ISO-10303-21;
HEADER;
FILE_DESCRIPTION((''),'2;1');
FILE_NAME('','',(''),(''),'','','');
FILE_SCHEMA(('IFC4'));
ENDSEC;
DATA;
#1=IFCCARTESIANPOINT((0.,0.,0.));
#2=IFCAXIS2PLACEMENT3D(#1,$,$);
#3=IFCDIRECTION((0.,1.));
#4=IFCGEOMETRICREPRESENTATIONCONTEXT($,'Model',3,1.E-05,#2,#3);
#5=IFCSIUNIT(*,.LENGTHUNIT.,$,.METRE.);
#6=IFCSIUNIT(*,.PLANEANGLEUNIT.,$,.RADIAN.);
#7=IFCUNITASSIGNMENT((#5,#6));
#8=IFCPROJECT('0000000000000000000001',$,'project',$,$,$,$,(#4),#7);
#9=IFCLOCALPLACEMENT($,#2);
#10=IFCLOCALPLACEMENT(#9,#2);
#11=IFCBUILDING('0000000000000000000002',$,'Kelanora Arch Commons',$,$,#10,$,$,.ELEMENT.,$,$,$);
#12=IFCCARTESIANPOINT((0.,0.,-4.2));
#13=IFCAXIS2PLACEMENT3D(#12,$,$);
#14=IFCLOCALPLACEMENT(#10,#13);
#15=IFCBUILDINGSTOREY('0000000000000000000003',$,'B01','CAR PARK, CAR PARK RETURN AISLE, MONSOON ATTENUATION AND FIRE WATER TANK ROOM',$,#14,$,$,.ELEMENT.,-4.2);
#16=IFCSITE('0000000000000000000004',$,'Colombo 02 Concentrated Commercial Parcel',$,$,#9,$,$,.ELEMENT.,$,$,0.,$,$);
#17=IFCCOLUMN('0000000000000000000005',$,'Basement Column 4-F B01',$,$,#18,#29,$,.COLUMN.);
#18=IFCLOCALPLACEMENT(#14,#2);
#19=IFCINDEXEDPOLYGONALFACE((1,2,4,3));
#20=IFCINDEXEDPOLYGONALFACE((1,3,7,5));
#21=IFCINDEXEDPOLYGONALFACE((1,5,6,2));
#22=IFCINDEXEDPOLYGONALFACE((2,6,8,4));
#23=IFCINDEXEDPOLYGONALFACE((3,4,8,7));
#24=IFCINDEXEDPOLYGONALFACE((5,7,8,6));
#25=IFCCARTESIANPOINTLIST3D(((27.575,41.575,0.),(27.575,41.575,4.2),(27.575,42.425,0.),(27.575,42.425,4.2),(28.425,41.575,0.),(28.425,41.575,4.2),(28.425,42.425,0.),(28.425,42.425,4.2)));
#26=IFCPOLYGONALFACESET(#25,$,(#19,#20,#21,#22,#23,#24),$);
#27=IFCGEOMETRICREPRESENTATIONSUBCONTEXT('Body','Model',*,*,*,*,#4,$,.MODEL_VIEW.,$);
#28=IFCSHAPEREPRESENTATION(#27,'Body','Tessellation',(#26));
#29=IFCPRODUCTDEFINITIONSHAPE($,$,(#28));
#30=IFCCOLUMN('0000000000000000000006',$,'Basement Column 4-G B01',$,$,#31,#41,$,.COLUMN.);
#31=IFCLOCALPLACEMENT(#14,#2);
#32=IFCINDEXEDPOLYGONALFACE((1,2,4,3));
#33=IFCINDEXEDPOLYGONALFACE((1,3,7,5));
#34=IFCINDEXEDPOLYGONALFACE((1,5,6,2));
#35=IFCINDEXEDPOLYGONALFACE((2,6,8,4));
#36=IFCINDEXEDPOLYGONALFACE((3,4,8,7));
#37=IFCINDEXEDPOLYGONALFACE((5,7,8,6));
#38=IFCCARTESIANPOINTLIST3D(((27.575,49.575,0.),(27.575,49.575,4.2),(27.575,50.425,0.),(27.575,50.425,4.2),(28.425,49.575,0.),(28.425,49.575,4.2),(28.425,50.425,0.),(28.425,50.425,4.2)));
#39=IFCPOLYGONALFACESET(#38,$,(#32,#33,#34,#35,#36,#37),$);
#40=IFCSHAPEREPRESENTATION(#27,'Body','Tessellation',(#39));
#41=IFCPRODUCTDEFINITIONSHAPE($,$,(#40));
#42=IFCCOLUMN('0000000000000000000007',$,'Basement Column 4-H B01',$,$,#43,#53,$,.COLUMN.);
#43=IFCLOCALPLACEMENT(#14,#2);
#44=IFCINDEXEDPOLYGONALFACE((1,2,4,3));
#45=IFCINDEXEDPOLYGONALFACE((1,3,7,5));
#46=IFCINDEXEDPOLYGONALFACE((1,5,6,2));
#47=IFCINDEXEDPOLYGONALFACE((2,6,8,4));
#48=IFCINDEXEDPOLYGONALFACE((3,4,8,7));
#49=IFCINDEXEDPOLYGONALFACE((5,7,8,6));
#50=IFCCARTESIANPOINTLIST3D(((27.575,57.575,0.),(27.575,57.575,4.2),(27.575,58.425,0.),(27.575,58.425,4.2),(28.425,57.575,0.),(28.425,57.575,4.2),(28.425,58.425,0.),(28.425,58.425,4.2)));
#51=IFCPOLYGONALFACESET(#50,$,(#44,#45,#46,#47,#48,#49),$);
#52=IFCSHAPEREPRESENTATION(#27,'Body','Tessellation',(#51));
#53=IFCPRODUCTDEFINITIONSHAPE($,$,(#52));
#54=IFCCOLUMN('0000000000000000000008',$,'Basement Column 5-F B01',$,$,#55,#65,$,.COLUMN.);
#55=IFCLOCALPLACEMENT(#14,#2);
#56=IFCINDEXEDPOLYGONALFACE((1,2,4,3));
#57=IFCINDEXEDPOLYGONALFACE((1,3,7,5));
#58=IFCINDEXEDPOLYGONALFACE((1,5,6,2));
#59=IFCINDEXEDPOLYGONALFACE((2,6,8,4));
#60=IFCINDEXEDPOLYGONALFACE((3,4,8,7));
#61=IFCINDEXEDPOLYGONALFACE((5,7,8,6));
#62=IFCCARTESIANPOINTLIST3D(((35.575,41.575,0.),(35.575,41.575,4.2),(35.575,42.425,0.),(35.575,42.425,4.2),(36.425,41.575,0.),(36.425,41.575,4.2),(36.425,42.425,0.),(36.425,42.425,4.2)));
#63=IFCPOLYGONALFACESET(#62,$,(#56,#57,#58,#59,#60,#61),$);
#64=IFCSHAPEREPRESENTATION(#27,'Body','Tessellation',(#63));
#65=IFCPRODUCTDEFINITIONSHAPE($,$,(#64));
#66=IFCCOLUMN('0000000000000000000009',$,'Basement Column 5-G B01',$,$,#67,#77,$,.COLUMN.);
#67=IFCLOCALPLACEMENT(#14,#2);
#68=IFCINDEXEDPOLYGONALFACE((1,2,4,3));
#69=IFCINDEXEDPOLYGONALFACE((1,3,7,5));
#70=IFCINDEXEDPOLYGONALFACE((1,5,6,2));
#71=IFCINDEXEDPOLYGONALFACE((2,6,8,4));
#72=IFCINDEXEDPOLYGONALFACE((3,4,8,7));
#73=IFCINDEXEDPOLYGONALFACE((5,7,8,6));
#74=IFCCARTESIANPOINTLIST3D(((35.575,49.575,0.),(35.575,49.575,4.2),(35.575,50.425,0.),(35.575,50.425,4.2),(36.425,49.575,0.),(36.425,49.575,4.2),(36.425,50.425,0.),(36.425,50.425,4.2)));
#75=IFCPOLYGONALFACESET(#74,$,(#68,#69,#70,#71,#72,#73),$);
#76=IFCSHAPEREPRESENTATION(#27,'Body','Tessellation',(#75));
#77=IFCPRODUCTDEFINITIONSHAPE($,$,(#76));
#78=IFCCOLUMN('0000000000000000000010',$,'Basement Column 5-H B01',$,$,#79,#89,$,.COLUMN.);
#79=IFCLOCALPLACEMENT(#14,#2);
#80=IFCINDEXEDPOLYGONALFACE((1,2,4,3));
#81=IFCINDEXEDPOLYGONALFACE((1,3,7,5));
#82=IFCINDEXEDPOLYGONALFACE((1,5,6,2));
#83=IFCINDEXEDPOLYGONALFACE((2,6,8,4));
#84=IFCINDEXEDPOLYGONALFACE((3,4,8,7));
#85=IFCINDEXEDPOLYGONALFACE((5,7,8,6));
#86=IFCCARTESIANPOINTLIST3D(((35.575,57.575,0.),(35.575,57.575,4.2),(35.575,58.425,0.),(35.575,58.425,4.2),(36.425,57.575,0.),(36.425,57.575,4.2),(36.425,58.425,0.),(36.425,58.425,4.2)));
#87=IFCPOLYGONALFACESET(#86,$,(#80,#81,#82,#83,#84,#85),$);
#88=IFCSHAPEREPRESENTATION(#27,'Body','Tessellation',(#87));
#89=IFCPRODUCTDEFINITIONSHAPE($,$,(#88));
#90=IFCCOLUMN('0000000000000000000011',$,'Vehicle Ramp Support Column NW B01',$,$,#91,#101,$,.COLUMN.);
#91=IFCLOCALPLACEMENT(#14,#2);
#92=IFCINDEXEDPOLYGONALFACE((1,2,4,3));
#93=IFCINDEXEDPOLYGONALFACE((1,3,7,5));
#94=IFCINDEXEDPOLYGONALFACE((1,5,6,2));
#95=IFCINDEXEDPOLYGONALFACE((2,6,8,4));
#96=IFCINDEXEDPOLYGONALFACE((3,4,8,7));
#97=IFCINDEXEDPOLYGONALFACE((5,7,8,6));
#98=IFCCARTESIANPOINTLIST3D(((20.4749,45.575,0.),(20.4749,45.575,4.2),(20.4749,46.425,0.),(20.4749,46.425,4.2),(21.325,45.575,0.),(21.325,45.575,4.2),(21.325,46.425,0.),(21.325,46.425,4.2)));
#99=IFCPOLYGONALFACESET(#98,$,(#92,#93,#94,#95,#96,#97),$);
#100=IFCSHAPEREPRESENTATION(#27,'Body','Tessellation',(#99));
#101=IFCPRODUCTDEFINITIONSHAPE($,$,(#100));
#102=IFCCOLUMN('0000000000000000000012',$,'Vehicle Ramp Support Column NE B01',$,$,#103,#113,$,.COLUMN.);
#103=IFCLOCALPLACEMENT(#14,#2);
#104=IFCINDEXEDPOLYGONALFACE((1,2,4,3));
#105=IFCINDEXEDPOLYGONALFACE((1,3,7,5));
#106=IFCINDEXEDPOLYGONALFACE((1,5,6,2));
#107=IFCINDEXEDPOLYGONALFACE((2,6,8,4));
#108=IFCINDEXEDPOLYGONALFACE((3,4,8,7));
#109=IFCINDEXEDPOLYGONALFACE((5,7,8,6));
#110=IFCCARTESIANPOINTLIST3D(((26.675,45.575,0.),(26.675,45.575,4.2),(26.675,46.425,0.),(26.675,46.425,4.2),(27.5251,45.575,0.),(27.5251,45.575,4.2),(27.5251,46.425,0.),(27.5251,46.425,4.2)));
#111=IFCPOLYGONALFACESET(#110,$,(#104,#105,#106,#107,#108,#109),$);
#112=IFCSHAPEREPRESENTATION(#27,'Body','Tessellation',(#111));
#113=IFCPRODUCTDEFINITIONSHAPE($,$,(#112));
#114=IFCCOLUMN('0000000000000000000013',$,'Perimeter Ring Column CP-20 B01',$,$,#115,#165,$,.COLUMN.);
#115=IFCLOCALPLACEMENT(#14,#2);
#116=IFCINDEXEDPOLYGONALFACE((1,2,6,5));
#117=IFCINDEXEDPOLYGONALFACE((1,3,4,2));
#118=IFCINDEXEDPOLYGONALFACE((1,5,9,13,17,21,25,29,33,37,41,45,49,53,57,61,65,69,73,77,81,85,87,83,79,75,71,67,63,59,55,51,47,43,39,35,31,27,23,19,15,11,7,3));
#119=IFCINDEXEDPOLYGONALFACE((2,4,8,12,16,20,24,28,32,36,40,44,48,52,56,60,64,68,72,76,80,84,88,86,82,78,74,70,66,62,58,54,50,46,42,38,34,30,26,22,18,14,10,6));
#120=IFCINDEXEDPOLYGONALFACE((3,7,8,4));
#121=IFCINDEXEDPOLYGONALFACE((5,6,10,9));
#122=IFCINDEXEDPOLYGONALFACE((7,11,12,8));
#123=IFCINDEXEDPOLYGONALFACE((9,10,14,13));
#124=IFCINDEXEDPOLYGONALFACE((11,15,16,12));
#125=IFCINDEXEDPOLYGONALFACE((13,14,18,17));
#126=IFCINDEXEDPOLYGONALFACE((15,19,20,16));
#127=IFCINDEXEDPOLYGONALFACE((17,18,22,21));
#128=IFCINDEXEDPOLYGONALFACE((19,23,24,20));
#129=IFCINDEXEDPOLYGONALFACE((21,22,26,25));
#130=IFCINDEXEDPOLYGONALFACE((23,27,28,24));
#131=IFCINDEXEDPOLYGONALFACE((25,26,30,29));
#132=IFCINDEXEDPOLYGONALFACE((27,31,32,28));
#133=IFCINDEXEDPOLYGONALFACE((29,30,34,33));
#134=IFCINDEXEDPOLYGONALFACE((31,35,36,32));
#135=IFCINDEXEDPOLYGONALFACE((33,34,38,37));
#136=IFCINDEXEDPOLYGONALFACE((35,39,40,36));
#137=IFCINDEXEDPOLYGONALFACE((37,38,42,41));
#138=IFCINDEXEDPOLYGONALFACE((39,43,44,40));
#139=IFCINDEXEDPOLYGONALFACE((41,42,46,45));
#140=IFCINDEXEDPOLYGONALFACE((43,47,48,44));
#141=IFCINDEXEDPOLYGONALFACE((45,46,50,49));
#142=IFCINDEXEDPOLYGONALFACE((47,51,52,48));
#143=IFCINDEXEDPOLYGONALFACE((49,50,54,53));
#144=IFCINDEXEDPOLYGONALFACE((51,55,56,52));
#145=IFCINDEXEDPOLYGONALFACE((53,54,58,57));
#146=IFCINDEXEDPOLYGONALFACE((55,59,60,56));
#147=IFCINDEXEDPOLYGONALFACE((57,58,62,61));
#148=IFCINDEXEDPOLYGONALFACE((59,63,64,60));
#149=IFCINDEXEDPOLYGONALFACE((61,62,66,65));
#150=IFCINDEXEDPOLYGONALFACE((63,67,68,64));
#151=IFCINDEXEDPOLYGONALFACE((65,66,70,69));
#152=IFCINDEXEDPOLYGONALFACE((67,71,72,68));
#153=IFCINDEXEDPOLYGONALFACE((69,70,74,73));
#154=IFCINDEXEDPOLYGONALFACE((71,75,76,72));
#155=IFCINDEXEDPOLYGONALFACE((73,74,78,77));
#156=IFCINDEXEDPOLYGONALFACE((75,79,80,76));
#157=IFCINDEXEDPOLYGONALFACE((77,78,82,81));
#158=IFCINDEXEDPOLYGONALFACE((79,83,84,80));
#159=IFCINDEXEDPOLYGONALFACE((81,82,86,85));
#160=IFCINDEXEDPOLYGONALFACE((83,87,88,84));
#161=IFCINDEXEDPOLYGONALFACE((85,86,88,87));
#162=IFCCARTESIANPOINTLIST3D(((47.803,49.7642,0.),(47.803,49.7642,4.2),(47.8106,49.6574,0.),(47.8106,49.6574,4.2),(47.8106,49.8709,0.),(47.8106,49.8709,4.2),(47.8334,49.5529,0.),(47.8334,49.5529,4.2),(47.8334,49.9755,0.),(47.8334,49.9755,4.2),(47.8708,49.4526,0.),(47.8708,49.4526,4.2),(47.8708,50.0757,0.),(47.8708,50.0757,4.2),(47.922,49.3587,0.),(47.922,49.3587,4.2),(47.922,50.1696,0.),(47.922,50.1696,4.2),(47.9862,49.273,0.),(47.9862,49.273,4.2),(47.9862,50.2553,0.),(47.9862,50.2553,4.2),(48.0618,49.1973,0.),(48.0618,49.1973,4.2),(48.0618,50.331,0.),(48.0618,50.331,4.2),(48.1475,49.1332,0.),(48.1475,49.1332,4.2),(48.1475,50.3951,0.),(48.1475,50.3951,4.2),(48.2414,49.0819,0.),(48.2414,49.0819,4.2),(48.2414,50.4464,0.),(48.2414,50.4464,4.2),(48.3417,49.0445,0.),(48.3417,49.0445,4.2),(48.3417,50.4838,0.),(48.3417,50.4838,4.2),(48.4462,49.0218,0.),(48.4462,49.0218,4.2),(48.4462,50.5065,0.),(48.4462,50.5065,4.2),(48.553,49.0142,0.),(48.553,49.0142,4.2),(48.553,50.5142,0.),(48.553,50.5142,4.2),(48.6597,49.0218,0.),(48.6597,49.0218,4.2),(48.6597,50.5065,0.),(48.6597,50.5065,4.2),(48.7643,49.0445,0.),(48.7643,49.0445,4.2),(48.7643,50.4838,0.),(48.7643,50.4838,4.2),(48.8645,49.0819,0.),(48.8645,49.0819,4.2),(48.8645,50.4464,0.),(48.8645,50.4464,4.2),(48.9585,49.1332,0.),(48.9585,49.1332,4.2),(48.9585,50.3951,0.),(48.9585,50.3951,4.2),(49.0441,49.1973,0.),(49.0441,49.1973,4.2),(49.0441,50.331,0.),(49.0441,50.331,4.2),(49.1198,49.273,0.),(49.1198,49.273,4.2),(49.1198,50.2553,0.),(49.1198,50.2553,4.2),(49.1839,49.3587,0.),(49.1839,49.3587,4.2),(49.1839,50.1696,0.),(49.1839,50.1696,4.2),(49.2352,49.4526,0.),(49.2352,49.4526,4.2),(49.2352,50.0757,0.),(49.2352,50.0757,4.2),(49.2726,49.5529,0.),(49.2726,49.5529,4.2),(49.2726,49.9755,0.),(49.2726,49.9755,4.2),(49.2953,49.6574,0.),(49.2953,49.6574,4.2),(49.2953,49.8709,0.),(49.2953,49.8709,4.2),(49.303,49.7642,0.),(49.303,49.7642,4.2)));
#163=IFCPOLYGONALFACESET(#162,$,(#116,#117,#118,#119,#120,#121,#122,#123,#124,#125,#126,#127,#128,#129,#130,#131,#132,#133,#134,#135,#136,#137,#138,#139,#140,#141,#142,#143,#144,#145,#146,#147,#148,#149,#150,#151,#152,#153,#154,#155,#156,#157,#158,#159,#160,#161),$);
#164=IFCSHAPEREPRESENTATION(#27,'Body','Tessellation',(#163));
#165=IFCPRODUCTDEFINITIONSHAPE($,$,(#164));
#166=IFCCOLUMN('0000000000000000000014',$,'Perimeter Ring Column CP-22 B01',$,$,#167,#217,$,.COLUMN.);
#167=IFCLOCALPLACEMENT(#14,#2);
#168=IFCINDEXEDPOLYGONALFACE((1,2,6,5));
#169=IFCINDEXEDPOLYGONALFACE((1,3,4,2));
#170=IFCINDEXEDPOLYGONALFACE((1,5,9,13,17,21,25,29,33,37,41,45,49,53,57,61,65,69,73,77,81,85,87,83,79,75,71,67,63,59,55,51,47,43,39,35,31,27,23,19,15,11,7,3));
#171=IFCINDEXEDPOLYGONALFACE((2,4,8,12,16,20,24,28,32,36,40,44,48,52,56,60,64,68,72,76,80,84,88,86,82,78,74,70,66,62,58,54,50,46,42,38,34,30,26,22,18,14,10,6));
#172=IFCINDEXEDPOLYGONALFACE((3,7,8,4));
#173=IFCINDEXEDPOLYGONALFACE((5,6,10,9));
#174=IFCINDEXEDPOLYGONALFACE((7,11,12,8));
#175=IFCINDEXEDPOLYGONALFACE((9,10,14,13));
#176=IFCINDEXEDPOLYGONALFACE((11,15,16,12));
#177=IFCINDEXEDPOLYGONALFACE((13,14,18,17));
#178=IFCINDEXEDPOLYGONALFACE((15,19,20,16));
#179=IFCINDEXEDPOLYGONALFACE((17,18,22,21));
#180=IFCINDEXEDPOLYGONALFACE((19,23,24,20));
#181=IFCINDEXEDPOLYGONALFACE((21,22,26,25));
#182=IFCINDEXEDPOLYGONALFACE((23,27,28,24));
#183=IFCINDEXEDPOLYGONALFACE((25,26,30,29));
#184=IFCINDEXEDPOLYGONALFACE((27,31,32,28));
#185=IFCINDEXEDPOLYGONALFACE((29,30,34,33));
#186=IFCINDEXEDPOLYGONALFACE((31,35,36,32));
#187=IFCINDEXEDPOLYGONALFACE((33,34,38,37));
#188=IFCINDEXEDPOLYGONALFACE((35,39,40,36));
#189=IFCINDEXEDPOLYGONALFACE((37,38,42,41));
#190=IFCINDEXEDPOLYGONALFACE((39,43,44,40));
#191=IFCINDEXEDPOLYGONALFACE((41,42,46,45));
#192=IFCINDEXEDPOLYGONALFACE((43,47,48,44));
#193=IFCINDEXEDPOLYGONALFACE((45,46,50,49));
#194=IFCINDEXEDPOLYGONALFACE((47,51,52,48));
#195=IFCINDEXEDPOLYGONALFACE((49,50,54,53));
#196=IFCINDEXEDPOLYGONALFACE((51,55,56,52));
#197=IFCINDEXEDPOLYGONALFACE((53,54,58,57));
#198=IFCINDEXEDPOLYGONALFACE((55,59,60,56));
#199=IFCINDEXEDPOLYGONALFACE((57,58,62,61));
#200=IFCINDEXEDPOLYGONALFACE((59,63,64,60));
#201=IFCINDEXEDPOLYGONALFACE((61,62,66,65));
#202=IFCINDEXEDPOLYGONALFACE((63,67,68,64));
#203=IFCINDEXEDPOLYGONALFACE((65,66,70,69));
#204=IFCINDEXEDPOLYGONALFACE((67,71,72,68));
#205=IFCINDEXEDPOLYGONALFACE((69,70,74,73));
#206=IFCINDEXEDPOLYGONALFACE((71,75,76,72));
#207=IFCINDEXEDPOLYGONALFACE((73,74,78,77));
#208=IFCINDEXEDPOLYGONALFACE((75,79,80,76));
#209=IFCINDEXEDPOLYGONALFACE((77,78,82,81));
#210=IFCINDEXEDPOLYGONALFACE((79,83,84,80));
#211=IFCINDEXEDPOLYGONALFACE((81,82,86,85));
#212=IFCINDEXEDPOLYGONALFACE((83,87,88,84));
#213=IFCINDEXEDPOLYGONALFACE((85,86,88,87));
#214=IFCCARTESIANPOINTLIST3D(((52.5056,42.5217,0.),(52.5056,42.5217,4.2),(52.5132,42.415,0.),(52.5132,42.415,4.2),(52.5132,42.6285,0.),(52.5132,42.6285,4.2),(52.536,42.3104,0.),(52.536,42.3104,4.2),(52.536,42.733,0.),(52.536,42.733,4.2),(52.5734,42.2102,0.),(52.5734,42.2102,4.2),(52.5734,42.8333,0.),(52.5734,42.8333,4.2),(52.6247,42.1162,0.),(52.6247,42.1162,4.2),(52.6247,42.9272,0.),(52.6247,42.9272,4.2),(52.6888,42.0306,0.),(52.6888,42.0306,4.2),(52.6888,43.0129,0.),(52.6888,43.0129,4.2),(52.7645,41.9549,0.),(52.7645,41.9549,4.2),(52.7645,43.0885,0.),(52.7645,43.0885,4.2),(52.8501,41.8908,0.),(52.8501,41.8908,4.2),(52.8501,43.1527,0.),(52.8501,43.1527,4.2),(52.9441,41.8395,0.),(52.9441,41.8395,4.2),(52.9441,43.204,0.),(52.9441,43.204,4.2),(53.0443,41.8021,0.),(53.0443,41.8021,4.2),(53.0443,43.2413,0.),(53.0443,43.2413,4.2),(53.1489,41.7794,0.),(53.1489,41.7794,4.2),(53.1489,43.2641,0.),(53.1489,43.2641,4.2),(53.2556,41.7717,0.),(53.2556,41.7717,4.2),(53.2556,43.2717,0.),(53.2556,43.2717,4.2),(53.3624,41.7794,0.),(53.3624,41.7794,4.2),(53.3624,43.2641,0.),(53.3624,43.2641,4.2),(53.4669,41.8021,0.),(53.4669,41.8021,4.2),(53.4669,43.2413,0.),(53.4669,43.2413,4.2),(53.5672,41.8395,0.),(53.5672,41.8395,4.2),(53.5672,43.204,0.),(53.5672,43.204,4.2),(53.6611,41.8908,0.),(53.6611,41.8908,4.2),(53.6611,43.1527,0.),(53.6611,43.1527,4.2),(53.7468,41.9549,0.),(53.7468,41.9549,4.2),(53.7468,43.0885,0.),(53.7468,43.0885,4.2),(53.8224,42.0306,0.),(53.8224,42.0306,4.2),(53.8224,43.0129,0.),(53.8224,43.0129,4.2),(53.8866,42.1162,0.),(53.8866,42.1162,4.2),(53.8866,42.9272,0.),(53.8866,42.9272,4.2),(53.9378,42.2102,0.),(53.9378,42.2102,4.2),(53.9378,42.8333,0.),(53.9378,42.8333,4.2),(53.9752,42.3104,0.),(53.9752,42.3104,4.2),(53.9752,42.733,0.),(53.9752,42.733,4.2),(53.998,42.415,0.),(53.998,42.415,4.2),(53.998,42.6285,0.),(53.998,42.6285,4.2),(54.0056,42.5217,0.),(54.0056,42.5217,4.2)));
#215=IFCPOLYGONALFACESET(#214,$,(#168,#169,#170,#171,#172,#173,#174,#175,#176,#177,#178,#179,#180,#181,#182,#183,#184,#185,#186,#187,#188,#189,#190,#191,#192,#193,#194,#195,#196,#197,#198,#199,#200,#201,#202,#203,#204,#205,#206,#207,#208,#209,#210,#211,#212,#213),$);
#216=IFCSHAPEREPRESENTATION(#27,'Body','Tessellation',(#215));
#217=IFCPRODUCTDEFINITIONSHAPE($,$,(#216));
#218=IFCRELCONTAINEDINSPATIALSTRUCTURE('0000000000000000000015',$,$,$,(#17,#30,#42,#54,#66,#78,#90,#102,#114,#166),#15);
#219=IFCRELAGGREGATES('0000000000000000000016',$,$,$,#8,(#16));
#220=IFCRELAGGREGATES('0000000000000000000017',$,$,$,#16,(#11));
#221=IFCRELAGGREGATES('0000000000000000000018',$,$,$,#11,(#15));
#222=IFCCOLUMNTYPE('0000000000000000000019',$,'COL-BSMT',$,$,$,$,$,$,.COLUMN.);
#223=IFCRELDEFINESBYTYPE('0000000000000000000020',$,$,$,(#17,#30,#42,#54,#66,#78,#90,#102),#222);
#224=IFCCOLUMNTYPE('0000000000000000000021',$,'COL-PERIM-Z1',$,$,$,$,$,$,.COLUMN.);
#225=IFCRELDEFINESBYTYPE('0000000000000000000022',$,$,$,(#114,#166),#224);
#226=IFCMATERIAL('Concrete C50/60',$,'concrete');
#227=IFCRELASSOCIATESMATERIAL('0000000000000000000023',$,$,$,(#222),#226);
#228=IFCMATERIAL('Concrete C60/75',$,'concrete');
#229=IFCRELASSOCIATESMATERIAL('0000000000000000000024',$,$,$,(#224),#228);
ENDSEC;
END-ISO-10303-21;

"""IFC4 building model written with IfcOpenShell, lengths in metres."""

from ifc_helpers import new_model, si_unit, direction, frame, origin, origin_2d, place, context, subcontext, project, spatial, rectangle, circle, extrude, material, material_profile, profile_set, type_object, element, save


model = new_model("IFC4")

# Units and contexts
model_context = context("Model", 3, precision=1e-05, world=origin(), true_north=direction((0.0, 1.0)))
body_context = subcontext(model_context, "Body", "Model", "MODEL_VIEW")
ifc_project = project(units=[si_unit("LENGTHUNIT", "METRE"), si_unit("PLANEANGLEUNIT", "RADIAN")], contexts=[model_context])

# Site, building, storey
site_placement = place(None, origin())
site = spatial("IfcSite", under=ifc_project, at=site_placement, Name="Colombo 02 Concentrated Commercial Parcel", CompositionType="ELEMENT", RefElevation=0.0)
building_placement = place(site_placement, origin())
building = spatial("IfcBuilding", under=site, at=building_placement, Name="Kelanora Arch Commons", CompositionType="ELEMENT")
storey_placement = place(building_placement, frame((0.0, 0.0, -4.2)))
storey = spatial("IfcBuildingStorey", under=building, at=storey_placement, Name="B01", Description="CAR PARK, CAR PARK RETURN AISLE, MONSOON ATTENUATION AND FIRE WATER TANK ROOM", CompositionType="ELEMENT", Elevation=-4.2)

# Columns
ifc_material_1 = material(Name="Concrete C50/60", Category="concrete")
ifc_material_profile_1 = material_profile(ifc_material_1, rectangle(XDim=0.8501, YDim=0.8501, at=origin_2d()), Name="RC850x850")
ifc_profile_set_1 = profile_set([ifc_material_profile_1], Name="Concrete C50/60")
column_type_1 = type_object("IfcColumnType", Name="COL-BSMT", PredefinedType="COLUMN", material=ifc_profile_set_1)
for number, where, z_axis, x_axis, name in (
    (1, (28.0, 42.0, 0.0), (0.0, 0.0, 1.0), (1.0, 0.0, 0.0), "Basement Column 4-F B01"),
    (2, (28.0, 50.0, 0.0), (0.0, 0.0, 1.0), (1.0, 0.0, 0.0), "Basement Column 4-G B01"),
    (3, (28.0, 58.0, 0.0), (0.0, 0.0, 1.0), (1.0, 0.0, 0.0), "Basement Column 4-H B01"),
    (4, (36.0, 42.0, 0.0), (0.0, 0.0, 1.0), (1.0, 0.0, 0.0), "Basement Column 5-F B01"),
    (5, (36.0, 50.0, 0.0), (0.0, 0.0, 1.0), (1.0, 0.0, 0.0), "Basement Column 5-G B01"),
    (6, (36.0, 58.0, 0.0), (0.0, 0.0, 1.0), (1.0, 0.0, 0.0), "Basement Column 5-H B01"),
    (7, (20.8999, 46.0, 0.0), (0.0, 0.0, 1.0), (1.0, 0.0, 0.0), "Vehicle Ramp Support Column NW B01"),
    (8, (27.1001, 46.0, 0.0), (0.0, 0.0, 1.0), (1.0, 0.0, 0.0), "Vehicle Ramp Support Column NE B01"),
):
    element("IfcColumn", number, at=place(storey_placement, frame(where, z_axis=z_axis, x_axis=x_axis)), inside=storey, type_object=column_type_1, Name=name, PredefinedType="COLUMN", context=body_context, shape_type="SweptSolid", body=[
        extrude(rectangle(XDim=0.8501, YDim=0.8501, at=origin_2d()), origin(), (0.0, 0.0, 1.0), 4.2),
    ])
ifc_material_2 = material(Name="Concrete C60/75", Category="concrete")
ifc_material_profile_2 = material_profile(ifc_material_2, circle(Radius=0.75, at=origin_2d()), Name="RCC1500")
ifc_profile_set_2 = profile_set([ifc_material_profile_2], Name="Concrete C60/75")
column_type_2 = type_object("IfcColumnType", Name="COL-PERIM-Z1", PredefinedType="COLUMN", material=ifc_profile_set_2)
for number, where, z_axis, x_axis, name in (
    (9, (48.553, 49.7642, 0.0), (0.0, 0.0, 1.0), (1.0, 0.0, 0.0), "Perimeter Ring Column CP-20 B01"),
    (10, (53.2556, 42.5217, 0.0), (0.0, 0.0, 1.0), (1.0, 0.0, 0.0), "Perimeter Ring Column CP-22 B01"),
):
    element("IfcColumn", number, at=place(storey_placement, frame(where, z_axis=z_axis, x_axis=x_axis)), inside=storey, type_object=column_type_2, Name=name, PredefinedType="COLUMN", context=body_context, shape_type="SweptSolid", body=[
        extrude(circle(Radius=0.75, at=origin_2d()), origin(), (0.0, 0.0, 1.0), 4.2),
    ])

save(model, "model.ifc")
